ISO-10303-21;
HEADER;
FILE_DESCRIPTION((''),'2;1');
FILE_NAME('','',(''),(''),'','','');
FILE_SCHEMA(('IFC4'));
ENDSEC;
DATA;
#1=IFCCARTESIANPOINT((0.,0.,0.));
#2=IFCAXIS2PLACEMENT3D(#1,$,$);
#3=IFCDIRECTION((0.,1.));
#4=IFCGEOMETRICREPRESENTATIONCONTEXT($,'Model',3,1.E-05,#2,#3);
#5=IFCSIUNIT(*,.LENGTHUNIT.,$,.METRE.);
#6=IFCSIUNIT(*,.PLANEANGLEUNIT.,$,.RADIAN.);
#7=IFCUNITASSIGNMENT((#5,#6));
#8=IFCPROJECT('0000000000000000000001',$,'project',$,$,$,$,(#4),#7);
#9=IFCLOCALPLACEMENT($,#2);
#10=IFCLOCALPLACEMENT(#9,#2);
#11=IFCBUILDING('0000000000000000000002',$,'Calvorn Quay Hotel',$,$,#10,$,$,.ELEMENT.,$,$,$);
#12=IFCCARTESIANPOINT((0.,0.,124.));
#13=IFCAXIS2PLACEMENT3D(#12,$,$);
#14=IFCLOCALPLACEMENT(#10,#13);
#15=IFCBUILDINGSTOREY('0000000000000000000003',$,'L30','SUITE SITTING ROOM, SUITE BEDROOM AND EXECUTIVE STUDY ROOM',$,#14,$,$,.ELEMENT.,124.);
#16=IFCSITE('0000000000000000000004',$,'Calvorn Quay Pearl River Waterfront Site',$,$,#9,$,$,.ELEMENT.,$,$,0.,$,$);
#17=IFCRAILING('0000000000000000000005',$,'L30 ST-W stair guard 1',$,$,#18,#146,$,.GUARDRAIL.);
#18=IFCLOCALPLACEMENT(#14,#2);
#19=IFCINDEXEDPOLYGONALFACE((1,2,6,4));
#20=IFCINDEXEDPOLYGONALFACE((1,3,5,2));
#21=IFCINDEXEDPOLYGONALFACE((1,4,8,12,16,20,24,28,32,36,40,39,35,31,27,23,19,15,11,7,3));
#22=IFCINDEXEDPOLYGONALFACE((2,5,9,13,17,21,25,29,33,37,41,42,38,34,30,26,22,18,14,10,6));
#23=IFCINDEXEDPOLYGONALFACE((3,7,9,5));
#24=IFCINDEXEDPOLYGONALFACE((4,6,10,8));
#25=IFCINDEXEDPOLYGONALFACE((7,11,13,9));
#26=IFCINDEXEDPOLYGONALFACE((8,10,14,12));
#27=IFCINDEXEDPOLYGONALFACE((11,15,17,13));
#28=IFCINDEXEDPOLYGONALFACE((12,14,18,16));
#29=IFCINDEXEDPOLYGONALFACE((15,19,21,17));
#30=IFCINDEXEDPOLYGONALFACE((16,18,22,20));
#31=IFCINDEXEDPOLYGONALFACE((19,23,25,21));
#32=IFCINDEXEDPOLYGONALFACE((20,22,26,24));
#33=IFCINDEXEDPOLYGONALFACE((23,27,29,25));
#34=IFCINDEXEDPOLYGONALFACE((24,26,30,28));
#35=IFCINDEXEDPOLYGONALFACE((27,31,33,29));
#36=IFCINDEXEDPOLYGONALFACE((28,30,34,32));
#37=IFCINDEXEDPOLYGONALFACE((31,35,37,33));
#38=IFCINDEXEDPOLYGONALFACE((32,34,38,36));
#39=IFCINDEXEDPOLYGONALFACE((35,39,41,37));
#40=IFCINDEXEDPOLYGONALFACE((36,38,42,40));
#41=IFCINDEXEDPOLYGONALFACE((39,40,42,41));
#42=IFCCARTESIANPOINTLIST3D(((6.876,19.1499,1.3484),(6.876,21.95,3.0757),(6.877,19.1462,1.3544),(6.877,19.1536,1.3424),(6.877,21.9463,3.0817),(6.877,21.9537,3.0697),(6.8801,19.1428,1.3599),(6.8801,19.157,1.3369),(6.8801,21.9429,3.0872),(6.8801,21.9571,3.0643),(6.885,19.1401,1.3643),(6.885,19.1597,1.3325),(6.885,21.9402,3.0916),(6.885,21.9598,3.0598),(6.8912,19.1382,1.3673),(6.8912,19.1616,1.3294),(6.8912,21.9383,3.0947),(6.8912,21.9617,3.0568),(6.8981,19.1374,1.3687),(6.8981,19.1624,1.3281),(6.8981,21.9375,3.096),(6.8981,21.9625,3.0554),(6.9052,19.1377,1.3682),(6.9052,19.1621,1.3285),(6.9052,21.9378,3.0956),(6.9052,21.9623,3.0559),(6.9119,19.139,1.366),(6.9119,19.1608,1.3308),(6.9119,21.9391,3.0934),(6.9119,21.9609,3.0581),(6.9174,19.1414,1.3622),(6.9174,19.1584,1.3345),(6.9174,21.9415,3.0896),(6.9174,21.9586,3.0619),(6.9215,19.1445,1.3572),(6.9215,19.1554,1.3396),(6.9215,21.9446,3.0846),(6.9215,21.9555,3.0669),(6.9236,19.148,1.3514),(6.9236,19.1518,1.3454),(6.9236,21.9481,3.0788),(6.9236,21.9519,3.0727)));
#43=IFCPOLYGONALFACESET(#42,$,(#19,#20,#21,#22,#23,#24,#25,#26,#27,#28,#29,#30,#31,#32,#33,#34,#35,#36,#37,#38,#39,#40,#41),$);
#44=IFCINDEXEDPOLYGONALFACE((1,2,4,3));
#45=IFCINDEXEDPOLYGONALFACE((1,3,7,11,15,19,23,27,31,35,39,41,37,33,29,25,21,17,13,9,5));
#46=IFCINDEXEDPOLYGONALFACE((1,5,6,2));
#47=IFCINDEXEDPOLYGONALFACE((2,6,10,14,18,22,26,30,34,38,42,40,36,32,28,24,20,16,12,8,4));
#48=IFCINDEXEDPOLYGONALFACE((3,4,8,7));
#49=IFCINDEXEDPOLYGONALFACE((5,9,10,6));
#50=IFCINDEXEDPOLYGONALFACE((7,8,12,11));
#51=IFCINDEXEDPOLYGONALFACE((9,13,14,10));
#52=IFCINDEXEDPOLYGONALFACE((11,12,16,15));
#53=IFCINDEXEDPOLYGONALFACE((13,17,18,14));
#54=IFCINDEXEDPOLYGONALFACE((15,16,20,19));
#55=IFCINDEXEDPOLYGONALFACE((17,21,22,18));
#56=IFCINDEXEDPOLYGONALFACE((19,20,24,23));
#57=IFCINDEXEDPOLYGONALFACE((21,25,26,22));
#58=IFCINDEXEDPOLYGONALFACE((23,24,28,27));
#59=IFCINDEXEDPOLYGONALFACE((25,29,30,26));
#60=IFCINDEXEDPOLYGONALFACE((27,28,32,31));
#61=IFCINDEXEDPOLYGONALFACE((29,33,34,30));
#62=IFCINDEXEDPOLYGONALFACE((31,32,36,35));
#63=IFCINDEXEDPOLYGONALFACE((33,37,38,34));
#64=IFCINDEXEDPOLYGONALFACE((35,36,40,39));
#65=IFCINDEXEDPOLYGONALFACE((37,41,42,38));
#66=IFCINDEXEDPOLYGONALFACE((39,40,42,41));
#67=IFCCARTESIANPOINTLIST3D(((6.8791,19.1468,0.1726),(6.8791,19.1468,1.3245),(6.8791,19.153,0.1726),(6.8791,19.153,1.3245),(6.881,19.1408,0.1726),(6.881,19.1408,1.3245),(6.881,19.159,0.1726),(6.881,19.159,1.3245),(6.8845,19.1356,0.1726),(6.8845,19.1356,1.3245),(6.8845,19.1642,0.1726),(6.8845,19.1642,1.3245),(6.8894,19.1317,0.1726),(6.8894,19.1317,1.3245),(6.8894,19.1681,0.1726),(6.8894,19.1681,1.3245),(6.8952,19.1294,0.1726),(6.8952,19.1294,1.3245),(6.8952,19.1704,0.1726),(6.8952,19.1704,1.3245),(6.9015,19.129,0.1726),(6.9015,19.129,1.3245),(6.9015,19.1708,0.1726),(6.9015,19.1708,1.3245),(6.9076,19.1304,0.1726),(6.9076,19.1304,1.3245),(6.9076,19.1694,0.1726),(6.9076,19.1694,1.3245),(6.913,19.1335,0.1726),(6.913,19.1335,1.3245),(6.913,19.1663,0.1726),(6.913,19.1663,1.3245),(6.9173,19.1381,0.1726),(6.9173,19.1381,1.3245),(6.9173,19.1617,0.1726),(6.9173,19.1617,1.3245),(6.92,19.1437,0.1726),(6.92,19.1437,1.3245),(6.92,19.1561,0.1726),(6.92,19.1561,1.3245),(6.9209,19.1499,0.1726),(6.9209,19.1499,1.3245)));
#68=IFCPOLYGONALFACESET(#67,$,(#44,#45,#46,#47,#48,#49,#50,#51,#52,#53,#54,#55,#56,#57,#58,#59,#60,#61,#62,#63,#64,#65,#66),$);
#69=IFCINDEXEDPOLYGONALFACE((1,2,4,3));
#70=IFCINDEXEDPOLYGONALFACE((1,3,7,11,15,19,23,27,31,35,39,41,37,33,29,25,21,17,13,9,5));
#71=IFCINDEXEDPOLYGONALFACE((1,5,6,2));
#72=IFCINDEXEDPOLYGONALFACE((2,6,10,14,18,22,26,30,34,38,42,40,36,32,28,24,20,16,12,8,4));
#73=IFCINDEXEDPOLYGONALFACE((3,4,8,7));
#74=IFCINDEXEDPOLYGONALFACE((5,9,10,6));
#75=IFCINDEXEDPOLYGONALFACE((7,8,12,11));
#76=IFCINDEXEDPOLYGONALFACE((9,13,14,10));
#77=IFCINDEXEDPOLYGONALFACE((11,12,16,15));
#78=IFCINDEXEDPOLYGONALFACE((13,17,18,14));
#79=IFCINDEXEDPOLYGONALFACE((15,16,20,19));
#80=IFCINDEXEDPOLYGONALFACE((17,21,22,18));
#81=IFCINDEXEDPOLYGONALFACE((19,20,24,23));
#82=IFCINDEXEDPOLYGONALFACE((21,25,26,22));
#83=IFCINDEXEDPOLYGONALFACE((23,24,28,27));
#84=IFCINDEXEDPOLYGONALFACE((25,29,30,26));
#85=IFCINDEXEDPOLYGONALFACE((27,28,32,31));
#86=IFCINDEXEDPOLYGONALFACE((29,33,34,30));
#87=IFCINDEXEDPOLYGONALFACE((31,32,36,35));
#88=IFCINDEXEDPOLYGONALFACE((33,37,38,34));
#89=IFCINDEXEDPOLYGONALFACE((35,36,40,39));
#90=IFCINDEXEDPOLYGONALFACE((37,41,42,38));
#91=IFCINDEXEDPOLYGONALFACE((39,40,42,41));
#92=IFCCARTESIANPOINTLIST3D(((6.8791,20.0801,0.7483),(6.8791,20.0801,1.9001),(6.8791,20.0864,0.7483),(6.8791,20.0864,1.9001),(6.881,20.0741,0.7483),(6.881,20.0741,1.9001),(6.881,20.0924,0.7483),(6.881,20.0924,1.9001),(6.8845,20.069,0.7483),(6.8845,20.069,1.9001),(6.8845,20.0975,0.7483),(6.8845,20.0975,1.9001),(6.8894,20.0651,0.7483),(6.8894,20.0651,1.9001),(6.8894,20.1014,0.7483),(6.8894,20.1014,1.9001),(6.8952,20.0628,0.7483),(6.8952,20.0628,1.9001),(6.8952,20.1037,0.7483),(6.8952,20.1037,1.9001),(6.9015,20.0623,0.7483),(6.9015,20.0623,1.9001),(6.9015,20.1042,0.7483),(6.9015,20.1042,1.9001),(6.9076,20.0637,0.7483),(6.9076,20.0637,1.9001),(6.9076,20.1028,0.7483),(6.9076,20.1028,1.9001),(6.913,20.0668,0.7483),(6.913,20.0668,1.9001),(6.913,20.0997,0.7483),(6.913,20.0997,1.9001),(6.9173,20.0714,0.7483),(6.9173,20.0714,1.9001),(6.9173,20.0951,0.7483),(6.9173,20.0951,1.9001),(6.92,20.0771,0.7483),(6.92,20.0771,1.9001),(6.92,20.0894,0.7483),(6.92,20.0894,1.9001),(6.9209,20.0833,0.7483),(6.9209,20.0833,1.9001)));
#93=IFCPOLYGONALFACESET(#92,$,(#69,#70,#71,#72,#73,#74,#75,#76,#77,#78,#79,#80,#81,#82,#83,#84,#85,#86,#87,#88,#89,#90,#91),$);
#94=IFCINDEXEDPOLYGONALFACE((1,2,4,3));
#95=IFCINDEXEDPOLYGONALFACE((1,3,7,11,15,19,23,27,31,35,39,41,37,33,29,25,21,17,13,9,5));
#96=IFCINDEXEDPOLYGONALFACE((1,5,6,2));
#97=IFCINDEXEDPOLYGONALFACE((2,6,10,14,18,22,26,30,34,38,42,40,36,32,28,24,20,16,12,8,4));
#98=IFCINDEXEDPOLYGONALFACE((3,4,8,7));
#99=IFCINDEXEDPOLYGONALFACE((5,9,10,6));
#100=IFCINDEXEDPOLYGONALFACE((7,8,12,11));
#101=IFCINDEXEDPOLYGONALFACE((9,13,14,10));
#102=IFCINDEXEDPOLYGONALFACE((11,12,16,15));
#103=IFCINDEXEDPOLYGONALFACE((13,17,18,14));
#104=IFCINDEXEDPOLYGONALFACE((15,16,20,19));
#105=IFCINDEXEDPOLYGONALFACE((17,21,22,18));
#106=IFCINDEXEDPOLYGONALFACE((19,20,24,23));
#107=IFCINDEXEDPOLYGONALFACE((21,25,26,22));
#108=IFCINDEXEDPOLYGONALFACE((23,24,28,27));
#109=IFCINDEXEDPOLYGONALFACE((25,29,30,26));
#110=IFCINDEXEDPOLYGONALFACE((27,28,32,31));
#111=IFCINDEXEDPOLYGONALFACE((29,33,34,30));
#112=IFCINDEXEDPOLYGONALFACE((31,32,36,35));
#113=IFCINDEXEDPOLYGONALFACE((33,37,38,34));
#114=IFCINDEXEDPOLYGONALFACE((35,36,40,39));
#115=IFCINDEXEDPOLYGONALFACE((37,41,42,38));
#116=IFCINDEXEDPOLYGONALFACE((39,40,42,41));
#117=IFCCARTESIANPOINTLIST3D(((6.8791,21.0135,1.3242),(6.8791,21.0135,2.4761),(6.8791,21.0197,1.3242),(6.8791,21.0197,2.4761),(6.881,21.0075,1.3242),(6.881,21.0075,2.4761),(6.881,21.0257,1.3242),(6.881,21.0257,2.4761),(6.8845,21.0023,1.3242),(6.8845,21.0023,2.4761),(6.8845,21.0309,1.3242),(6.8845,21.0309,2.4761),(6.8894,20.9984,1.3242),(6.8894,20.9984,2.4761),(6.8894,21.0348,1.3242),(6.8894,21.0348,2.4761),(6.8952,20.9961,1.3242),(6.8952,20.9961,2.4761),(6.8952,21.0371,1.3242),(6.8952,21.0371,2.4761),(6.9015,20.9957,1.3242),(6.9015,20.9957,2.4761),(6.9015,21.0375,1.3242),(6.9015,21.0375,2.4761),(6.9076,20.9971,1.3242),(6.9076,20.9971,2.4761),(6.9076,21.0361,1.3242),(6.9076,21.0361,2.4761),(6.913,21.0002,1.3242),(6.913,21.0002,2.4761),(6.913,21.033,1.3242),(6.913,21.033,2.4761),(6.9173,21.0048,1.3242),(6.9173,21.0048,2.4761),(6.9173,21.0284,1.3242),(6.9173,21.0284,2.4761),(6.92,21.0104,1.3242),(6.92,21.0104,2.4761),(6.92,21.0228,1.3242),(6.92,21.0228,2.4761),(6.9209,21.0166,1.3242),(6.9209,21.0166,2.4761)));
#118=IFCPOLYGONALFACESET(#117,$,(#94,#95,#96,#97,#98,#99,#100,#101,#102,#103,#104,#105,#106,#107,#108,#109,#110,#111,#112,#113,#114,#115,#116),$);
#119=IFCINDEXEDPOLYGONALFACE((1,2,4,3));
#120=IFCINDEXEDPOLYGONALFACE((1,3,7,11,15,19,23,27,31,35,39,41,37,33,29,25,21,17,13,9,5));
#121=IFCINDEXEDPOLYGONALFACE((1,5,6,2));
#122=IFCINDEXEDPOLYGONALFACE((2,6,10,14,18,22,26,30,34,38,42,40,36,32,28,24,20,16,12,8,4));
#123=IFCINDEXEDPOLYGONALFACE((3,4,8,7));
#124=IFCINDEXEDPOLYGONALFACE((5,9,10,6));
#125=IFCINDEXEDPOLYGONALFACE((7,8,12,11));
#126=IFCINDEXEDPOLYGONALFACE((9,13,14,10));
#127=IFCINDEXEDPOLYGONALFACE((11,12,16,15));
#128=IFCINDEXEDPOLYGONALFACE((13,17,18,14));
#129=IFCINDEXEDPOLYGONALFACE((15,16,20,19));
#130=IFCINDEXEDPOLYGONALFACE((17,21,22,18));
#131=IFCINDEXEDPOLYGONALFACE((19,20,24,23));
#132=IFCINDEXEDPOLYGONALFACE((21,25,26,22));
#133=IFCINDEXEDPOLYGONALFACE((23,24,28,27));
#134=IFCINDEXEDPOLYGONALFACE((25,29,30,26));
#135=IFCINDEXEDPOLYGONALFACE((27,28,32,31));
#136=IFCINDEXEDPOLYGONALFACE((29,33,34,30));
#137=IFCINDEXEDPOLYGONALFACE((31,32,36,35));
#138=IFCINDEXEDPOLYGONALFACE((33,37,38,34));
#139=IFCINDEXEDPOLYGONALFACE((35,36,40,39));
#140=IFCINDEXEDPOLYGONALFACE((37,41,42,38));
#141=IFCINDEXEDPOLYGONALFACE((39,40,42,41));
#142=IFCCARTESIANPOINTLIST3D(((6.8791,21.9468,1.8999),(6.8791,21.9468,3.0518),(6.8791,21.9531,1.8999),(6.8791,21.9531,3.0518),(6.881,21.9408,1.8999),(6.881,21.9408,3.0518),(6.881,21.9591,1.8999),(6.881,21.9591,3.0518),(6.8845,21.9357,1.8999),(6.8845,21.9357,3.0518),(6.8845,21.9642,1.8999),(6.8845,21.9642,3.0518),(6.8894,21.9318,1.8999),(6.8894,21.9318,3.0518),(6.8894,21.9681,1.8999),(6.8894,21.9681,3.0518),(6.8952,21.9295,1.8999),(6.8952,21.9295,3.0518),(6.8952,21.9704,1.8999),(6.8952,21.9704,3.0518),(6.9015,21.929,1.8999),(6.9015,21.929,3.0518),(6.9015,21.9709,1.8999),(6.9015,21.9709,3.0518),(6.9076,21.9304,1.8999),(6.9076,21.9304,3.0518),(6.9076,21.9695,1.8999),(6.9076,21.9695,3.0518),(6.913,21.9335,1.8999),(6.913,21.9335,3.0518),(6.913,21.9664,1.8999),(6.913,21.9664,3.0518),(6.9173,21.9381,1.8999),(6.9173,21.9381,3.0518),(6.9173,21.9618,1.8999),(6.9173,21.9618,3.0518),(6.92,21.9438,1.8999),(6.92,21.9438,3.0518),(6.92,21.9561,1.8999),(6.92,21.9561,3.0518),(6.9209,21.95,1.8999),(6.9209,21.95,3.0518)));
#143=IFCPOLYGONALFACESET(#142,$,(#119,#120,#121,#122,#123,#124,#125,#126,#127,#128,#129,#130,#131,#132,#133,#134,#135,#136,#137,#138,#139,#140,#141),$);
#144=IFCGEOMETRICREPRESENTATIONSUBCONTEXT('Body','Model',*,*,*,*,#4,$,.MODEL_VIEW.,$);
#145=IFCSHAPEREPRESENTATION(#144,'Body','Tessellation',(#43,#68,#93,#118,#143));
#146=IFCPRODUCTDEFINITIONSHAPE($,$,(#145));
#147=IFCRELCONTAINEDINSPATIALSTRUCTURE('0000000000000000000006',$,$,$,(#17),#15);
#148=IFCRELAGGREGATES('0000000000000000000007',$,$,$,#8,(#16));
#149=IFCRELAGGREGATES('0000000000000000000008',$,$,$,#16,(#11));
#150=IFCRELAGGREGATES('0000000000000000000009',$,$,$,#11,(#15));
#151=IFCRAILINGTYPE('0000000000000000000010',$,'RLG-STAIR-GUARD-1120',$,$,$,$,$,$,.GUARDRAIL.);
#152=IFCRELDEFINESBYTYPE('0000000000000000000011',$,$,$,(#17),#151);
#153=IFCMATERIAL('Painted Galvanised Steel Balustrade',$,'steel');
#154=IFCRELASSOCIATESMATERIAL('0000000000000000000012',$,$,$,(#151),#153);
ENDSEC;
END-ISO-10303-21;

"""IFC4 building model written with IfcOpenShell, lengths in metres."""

from ifc_helpers import new_model, si_unit, direction, frame, origin, origin_2d, place, context, subcontext, project, spatial, circle, extrude, material, type_object, element, save


model = new_model("IFC4")

# Units and contexts
model_context = context("Model", 3, precision=1e-05, world=origin(), true_north=direction((0.0, 1.0)))
body_context = subcontext(model_context, "Body", "Model", "MODEL_VIEW")
ifc_project = project(units=[si_unit("LENGTHUNIT", "METRE"), si_unit("PLANEANGLEUNIT", "RADIAN")], contexts=[model_context])

# Site, building, storey
site_placement = place(None, origin())
site = spatial("IfcSite", under=ifc_project, at=site_placement, Name="Calvorn Quay Pearl River Waterfront Site", CompositionType="ELEMENT", RefElevation=0.0)
building_placement = place(site_placement, origin())
building = spatial("IfcBuilding", under=site, at=building_placement, Name="Calvorn Quay Hotel", CompositionType="ELEMENT")
storey_placement = place(building_placement, frame((0.0, 0.0, 124.0)))
storey = spatial("IfcBuildingStorey", under=building, at=storey_placement, Name="L30", Description="SUITE SITTING ROOM, SUITE BEDROOM AND EXECUTIVE STUDY ROOM", CompositionType="ELEMENT", Elevation=124.0)

# Railing
ifc_material_1 = material(Name="Painted Galvanised Steel Balustrade", Category="steel")
railing_type_1 = type_object("IfcRailingType", Name="RLG-STAIR-GUARD-1120", PredefinedType="GUARDRAIL", material=ifc_material_1)
railing_1_placement = place(storey_placement, frame((6.8999, 19.1499, 0.1726)))
element("IfcRailing", 1, at=railing_1_placement, inside=storey, type_object=railing_type_1, Name="L30 ST-W stair guard 1", PredefinedType="GUARDRAIL", context=body_context, shape_type="SweptSolid", body=[
    extrude(circle(Radius=0.0239, at=origin_2d()), frame((0.0, 0.0, 1.1758), z_axis=(0.0, 0.85109, 0.52502), x_axis=(-1.0, 0.0, 0.0)), (0.0, 0.0, 1.0), 3.29),
    extrude(circle(Radius=0.021, at=origin_2d()), origin(), (0.0, 0.0, 1.0), 1.1519),
    extrude(circle(Radius=0.021, at=origin_2d()), frame((0.0, 0.9333, 0.5757)), (0.0, 0.0, 1.0), 1.1519),
    extrude(circle(Radius=0.021, at=origin_2d()), frame((0.0, 1.8667, 1.1516)), (0.0, 0.0, 1.0), 1.1519),
    extrude(circle(Radius=0.021, at=origin_2d()), frame((0.0, 2.8, 1.7273)), (0.0, 0.0, 1.0), 1.1519),
])

save(model, "model.ifc")
